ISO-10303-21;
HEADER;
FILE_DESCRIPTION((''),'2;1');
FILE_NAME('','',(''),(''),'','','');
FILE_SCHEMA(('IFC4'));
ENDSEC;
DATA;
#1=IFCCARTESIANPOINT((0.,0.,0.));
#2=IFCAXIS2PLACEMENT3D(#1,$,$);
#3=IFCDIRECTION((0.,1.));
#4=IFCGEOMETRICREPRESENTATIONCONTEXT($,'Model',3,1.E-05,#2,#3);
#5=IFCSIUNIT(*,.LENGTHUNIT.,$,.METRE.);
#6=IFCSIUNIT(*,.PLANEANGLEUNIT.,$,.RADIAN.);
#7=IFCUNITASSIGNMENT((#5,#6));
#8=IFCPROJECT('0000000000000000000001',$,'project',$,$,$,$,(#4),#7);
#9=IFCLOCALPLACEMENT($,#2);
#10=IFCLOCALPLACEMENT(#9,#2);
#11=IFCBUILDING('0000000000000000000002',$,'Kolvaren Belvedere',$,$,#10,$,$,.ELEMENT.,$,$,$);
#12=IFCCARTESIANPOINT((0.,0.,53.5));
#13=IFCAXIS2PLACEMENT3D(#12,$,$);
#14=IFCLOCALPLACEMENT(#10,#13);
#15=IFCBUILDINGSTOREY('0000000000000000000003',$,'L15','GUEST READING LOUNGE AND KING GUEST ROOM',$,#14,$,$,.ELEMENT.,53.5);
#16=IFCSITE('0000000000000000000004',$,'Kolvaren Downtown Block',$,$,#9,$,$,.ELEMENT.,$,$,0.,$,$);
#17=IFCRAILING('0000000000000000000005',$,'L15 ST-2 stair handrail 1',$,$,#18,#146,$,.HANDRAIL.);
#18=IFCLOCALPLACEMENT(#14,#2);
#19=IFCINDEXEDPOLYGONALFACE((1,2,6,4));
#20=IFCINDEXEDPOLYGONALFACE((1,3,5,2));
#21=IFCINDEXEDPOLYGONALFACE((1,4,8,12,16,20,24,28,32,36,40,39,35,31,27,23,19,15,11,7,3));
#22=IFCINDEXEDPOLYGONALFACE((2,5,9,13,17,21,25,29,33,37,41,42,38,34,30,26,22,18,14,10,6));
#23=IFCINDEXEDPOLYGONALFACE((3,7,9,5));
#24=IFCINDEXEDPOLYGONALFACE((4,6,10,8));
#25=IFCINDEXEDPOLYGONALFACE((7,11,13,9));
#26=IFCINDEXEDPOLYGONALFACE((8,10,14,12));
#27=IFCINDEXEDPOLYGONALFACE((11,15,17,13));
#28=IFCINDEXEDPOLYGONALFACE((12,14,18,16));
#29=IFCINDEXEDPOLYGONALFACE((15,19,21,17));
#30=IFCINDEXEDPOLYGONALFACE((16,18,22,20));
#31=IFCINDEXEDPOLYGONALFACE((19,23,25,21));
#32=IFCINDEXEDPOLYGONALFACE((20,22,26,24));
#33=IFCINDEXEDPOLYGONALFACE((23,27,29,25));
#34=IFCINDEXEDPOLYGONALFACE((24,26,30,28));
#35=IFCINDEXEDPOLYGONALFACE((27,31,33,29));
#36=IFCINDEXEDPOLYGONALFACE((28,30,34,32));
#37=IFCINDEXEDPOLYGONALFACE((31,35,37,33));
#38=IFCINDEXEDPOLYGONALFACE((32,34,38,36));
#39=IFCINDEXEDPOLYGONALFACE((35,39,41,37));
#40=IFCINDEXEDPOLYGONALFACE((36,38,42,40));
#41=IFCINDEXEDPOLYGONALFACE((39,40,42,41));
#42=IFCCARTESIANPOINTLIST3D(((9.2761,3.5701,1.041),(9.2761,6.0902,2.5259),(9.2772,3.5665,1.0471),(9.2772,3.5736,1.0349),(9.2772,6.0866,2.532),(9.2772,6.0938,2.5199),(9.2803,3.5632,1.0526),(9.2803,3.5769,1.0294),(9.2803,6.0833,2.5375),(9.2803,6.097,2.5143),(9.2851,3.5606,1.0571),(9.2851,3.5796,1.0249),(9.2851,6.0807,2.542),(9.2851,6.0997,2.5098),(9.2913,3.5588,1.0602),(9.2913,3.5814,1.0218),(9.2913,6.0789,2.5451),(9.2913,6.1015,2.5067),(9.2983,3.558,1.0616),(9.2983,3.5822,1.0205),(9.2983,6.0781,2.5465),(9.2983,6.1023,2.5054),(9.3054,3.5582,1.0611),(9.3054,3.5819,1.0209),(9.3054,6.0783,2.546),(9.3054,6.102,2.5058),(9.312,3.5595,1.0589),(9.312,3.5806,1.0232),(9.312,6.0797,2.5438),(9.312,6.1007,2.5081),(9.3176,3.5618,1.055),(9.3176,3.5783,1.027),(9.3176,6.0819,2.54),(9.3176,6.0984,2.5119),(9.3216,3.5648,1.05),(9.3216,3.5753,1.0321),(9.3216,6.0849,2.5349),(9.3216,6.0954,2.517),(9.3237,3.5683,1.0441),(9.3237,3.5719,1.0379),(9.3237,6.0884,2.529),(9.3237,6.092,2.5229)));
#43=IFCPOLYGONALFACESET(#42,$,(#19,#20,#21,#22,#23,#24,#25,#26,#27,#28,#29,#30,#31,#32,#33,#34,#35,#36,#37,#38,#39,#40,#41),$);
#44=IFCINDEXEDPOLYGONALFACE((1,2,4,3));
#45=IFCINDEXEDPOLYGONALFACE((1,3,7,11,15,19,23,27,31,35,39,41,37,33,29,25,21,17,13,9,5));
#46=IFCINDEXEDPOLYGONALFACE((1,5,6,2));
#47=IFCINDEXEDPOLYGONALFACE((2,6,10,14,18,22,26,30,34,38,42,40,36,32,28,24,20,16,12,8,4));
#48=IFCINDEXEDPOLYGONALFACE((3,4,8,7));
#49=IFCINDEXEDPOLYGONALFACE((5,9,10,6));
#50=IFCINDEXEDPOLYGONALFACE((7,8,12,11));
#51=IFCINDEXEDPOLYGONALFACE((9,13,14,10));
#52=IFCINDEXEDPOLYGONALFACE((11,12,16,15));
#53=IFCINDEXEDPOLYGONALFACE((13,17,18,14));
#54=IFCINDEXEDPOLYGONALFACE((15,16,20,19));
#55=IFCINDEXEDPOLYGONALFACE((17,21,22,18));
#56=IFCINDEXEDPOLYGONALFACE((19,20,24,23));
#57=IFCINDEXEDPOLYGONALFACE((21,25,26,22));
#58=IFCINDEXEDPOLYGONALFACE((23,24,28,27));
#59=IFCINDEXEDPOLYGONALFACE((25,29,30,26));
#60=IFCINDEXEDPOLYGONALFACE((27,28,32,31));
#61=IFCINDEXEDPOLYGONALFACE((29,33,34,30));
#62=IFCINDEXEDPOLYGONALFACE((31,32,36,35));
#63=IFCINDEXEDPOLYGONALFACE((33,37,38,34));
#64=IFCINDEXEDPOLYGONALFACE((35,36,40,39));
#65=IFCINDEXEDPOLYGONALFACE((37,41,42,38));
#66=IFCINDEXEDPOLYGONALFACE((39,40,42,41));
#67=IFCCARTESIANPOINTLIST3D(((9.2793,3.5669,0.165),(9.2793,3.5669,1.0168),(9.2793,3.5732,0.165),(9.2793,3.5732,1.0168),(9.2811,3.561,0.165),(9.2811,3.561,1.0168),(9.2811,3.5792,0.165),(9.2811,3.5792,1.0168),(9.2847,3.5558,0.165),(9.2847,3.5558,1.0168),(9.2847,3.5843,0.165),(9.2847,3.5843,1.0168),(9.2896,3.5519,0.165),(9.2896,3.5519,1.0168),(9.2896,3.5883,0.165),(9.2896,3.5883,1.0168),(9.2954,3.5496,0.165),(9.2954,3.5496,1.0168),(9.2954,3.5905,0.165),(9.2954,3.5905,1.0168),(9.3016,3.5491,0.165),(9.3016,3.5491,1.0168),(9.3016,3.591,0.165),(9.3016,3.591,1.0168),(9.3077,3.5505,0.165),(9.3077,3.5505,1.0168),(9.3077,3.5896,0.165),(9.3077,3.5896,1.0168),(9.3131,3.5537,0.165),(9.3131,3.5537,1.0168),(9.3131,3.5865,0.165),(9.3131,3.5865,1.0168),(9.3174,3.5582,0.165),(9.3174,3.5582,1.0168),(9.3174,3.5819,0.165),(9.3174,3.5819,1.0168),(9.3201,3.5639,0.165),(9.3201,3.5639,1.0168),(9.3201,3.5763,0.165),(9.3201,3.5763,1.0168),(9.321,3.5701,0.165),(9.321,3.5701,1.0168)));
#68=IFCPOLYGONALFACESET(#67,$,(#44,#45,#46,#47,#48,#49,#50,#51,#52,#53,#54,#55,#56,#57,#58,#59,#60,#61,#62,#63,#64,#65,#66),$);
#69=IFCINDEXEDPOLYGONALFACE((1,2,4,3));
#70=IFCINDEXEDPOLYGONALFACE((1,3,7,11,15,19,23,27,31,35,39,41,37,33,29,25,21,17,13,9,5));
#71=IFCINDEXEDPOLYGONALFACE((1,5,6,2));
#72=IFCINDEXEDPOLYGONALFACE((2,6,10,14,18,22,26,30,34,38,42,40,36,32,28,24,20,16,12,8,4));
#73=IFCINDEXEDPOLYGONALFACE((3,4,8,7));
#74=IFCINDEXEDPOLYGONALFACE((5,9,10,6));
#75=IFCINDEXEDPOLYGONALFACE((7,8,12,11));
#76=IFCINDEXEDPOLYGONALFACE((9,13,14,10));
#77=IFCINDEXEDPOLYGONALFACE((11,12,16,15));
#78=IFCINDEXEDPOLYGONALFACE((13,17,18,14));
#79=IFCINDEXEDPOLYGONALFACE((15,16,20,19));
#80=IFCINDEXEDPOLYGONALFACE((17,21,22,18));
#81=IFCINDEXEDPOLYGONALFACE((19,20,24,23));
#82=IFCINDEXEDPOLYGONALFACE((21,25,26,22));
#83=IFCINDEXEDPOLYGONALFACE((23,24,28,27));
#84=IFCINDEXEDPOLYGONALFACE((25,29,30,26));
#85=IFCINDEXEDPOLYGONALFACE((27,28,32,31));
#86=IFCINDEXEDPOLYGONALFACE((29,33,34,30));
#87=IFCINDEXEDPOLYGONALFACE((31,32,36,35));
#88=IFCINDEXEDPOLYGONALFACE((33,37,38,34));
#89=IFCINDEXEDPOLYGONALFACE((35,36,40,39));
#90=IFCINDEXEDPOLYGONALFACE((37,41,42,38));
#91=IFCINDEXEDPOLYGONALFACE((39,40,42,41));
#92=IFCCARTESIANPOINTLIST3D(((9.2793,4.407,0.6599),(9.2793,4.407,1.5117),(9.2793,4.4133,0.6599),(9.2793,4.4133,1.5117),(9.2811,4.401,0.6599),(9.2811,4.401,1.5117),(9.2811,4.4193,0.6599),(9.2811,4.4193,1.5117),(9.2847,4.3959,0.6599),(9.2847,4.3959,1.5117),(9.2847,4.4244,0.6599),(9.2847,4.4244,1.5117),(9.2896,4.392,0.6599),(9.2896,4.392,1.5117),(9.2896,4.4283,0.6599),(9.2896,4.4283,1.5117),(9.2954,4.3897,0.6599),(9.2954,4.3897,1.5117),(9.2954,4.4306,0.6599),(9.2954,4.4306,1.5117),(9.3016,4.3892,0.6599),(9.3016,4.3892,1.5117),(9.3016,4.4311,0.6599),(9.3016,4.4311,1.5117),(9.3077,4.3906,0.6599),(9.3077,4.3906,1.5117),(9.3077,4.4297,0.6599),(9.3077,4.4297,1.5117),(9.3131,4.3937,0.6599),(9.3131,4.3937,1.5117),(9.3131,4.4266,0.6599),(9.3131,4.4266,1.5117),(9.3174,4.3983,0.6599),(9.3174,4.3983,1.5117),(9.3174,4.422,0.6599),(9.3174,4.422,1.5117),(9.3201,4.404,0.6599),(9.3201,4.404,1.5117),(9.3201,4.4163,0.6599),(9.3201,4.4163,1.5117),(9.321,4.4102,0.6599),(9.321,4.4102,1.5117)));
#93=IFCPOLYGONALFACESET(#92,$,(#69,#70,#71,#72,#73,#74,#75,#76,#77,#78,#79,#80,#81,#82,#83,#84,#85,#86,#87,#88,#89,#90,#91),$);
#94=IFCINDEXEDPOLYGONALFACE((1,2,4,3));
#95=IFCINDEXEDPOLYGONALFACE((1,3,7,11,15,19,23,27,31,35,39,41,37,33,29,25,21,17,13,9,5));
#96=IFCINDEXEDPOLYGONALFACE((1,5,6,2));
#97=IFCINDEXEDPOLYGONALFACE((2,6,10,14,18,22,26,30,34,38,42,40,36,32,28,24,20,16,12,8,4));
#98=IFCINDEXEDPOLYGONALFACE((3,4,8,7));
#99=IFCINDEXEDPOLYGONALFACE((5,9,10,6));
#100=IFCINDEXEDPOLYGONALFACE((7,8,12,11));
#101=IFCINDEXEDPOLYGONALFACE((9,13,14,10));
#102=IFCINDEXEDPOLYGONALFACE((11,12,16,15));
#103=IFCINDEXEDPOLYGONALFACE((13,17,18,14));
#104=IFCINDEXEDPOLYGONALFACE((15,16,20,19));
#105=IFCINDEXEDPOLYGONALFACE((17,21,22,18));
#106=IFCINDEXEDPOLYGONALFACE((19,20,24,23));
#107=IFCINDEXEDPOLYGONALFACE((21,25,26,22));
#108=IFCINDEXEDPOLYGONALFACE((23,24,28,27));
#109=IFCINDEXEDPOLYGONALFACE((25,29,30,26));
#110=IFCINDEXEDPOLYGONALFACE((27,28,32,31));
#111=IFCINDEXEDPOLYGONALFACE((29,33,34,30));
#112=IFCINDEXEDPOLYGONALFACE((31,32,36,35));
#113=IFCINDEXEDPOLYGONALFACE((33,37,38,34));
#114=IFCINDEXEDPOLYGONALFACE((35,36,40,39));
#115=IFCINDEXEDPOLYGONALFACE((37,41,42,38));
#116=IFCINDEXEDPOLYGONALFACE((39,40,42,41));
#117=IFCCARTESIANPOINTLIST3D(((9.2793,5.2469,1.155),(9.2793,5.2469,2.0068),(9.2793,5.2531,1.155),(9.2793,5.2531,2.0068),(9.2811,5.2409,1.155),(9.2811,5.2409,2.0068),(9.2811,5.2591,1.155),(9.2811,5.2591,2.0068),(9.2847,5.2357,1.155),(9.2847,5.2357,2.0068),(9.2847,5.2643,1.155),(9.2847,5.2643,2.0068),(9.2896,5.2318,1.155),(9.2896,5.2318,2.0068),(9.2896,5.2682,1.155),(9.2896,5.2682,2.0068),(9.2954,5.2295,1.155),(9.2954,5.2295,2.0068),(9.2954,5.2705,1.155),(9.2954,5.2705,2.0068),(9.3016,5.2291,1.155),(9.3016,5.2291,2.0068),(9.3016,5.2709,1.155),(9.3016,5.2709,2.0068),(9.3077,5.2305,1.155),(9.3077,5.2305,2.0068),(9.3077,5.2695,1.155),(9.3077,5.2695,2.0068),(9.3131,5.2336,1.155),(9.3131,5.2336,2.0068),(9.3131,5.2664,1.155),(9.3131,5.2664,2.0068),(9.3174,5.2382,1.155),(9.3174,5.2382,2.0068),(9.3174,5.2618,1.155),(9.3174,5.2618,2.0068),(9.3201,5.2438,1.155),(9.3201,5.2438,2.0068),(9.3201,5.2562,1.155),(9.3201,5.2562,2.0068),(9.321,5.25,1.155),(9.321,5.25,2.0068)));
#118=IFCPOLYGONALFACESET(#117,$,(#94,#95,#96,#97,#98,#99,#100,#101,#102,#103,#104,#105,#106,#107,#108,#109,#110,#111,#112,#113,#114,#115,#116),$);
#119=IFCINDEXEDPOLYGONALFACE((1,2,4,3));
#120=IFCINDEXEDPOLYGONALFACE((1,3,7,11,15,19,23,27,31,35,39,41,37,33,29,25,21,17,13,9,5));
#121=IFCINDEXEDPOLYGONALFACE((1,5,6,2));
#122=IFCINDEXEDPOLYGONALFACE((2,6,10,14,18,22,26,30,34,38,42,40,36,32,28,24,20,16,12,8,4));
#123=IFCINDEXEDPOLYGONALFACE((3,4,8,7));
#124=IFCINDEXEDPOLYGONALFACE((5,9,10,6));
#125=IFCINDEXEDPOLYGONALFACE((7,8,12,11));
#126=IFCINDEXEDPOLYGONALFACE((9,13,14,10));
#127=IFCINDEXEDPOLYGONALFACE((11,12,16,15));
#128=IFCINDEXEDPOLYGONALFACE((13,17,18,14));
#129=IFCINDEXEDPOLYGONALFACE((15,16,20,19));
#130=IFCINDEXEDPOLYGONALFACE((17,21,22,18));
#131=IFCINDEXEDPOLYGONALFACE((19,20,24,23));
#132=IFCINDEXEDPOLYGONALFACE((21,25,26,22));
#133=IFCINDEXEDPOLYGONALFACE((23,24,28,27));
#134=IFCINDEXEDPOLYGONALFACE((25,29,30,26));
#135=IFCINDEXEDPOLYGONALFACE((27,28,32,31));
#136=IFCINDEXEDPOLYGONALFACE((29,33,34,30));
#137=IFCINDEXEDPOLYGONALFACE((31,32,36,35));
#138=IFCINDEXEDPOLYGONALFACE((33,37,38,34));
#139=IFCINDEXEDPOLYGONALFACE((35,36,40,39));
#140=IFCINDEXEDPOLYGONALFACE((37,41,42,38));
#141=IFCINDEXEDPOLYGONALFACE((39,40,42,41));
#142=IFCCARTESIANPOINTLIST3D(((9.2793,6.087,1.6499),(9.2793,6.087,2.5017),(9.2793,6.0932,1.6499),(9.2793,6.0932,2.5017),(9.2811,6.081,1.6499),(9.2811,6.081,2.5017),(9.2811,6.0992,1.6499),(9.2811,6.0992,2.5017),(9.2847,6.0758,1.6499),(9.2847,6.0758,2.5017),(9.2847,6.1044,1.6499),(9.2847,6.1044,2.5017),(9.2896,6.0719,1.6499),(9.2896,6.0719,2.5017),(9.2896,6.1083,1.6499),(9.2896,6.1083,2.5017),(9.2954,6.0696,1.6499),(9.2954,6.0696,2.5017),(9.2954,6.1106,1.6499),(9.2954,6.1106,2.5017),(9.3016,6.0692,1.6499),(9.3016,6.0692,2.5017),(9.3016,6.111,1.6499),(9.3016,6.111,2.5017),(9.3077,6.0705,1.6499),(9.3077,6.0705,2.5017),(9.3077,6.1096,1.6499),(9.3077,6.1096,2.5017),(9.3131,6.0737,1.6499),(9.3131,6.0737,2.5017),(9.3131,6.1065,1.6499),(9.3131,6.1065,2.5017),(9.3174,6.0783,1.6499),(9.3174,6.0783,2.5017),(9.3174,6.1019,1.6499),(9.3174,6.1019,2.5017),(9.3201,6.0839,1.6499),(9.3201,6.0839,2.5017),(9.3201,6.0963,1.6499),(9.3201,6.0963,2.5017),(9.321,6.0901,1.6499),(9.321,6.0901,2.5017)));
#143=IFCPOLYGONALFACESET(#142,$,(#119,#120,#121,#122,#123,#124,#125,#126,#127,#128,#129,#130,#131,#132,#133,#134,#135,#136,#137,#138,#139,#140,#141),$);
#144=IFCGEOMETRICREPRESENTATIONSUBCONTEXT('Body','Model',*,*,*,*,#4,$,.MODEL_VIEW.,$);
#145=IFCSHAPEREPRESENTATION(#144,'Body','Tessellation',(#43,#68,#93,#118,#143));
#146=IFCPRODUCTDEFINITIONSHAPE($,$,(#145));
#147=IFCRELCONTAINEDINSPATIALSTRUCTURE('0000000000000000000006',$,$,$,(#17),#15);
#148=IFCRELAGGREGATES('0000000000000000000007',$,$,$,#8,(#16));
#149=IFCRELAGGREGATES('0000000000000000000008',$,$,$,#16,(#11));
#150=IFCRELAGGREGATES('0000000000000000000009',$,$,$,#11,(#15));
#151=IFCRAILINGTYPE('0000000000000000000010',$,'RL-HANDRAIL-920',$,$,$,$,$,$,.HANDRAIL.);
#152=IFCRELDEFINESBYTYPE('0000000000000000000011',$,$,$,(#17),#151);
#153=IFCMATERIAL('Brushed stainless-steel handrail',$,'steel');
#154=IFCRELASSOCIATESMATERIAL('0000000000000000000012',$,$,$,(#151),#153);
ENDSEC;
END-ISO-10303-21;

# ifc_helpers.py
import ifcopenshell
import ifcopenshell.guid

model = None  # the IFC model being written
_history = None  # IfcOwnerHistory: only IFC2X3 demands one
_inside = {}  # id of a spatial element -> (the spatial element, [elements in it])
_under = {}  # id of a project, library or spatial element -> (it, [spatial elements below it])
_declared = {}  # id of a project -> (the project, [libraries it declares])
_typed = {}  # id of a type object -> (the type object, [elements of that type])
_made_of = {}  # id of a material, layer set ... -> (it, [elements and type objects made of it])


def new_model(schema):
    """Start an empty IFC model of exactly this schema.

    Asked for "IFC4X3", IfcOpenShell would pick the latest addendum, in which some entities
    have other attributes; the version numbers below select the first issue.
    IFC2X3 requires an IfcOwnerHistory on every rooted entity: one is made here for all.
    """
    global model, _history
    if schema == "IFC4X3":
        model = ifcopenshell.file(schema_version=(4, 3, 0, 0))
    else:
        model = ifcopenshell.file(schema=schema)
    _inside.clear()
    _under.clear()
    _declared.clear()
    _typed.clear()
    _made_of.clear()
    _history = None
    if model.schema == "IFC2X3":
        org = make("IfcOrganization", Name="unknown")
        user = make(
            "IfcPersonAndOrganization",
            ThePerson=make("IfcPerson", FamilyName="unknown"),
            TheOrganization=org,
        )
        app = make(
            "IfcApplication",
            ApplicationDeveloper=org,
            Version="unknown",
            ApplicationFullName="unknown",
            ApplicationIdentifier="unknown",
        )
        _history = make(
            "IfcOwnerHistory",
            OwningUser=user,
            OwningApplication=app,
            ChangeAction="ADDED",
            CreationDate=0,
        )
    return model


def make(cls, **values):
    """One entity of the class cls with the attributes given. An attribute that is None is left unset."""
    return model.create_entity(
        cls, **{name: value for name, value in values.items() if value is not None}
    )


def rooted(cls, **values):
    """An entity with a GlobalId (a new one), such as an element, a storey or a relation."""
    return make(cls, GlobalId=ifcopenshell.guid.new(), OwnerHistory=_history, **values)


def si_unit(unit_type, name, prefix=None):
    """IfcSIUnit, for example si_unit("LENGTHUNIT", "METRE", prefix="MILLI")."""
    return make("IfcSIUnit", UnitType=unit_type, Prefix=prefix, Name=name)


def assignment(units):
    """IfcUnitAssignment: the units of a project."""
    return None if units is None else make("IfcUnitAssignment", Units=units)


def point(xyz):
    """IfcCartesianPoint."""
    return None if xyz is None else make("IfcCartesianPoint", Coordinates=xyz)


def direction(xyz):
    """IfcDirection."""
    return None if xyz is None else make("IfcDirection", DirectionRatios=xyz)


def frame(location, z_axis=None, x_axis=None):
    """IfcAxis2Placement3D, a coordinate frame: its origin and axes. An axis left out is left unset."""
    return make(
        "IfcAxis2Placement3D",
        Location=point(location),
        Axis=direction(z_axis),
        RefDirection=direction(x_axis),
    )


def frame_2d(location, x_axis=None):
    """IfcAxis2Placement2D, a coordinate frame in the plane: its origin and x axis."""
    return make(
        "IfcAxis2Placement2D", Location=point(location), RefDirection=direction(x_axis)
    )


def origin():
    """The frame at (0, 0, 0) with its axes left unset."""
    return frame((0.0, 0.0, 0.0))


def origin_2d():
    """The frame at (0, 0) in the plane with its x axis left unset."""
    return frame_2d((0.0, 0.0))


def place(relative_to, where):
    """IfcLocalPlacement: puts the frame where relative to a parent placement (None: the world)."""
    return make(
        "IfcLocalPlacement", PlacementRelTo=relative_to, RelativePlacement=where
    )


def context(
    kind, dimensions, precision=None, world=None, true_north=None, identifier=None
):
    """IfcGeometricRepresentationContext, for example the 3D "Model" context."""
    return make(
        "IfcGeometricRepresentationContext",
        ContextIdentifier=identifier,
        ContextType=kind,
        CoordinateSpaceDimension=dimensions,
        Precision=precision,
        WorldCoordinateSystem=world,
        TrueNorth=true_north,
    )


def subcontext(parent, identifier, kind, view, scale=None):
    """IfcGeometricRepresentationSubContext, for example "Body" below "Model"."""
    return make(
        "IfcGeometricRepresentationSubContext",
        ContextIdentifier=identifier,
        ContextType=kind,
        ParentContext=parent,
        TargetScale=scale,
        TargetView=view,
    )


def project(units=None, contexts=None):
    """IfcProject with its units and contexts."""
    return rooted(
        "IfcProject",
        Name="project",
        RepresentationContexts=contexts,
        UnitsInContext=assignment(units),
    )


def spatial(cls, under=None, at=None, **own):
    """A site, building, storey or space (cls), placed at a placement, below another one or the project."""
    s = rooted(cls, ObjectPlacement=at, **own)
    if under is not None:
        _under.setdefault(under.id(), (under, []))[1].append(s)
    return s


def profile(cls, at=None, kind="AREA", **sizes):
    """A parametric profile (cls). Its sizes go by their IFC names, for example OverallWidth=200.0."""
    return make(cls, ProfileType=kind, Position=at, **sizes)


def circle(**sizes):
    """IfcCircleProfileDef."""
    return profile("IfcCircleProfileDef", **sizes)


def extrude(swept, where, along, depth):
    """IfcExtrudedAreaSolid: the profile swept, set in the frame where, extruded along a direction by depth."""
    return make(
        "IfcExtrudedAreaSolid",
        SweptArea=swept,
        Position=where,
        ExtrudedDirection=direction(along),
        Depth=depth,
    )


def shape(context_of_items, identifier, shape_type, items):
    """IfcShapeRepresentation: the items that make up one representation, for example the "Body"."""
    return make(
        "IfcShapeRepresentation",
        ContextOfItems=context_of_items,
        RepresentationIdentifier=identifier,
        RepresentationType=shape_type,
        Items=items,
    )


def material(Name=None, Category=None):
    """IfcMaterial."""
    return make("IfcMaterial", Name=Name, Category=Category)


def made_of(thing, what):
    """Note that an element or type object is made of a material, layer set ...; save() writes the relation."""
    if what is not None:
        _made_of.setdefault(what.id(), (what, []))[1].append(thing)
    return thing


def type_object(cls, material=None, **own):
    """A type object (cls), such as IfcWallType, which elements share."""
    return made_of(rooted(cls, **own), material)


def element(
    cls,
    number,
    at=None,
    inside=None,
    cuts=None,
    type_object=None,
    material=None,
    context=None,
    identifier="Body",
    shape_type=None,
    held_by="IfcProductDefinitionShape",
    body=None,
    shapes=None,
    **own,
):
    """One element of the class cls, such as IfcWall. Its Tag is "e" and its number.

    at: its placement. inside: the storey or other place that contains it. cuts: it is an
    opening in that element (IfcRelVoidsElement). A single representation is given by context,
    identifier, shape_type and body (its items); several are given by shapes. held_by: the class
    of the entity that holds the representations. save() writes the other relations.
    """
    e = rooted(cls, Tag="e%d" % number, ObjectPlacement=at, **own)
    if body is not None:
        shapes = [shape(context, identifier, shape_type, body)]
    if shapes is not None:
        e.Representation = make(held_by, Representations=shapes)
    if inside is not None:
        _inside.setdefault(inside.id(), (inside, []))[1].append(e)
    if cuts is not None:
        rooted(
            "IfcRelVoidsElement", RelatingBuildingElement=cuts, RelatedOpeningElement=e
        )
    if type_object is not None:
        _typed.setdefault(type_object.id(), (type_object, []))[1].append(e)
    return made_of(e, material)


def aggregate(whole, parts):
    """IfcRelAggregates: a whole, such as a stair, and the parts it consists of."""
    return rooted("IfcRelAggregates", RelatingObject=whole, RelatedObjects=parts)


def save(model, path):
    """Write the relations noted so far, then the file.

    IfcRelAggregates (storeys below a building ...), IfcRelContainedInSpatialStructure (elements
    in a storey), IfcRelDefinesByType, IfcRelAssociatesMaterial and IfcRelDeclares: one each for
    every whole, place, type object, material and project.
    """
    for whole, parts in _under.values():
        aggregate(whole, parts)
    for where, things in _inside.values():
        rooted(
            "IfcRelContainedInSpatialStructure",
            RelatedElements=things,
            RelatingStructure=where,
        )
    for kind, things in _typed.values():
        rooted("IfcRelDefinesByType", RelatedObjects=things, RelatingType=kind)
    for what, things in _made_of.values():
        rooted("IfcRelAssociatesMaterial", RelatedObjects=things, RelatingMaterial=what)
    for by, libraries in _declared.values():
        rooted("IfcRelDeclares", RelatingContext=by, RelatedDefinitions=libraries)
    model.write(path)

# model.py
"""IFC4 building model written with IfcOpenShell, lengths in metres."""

from ifc_helpers import new_model, si_unit, direction, frame, origin, origin_2d, place, context, subcontext, project, spatial, circle, extrude, material, type_object, element, save


model = new_model("IFC4")

# Units and contexts
model_context = context("Model", 3, precision=1e-05, world=origin(), true_north=direction((0.0, 1.0)))
body_context = subcontext(model_context, "Body", "Model", "MODEL_VIEW")
ifc_project = project(units=[si_unit("LENGTHUNIT", "METRE"), si_unit("PLANEANGLEUNIT", "RADIAN")], contexts=[model_context])

# Site, building, storey
site_placement = place(None, origin())
site = spatial("IfcSite", under=ifc_project, at=site_placement, Name="Kolvaren Downtown Block", CompositionType="ELEMENT", RefElevation=0.0)
building_placement = place(site_placement, origin())
building = spatial("IfcBuilding", under=site, at=building_placement, Name="Kolvaren Belvedere", CompositionType="ELEMENT")
storey_placement = place(building_placement, frame((0.0, 0.0, 53.5)))
storey = spatial("IfcBuildingStorey", under=building, at=storey_placement, Name="L15", Description="GUEST READING LOUNGE AND KING GUEST ROOM", CompositionType="ELEMENT", Elevation=53.5)

# Railing
ifc_material_1 = material(Name="Brushed stainless-steel handrail", Category="steel")
railing_type_1 = type_object("IfcRailingType", Name="RL-HANDRAIL-920", PredefinedType="HANDRAIL", material=ifc_material_1)
railing_1_placement = place(storey_placement, frame((9.3, 3.5701, 0.165)))
element("IfcRailing", 1, at=railing_1_placement, inside=storey, type_object=railing_type_1, Name="L15 ST-2 stair handrail 1", PredefinedType="HANDRAIL", context=body_context, shape_type="SweptSolid", body=[
    extrude(circle(Radius=0.0239, at=origin_2d()), frame((0.0, 0.0, 0.876), z_axis=(0.0, 0.861561, 0.507655), x_axis=(-1.0, 0.0, 0.0)), (0.0, 0.0, 1.0), 2.925),
    extrude(circle(Radius=0.021, at=origin_2d()), origin(), (0.0, 0.0, 1.0), 0.8518),
    extrude(circle(Radius=0.021, at=origin_2d()), frame((0.0, 0.8401, 0.4949)), (0.0, 0.0, 1.0), 0.8518),
    extrude(circle(Radius=0.021, at=origin_2d()), frame((0.0, 1.6799, 0.99)), (0.0, 0.0, 1.0), 0.8518),
    extrude(circle(Radius=0.021, at=origin_2d()), frame((0.0, 2.52, 1.4849)), (0.0, 0.0, 1.0), 0.8518),
])

save(model, "model.ifc")
